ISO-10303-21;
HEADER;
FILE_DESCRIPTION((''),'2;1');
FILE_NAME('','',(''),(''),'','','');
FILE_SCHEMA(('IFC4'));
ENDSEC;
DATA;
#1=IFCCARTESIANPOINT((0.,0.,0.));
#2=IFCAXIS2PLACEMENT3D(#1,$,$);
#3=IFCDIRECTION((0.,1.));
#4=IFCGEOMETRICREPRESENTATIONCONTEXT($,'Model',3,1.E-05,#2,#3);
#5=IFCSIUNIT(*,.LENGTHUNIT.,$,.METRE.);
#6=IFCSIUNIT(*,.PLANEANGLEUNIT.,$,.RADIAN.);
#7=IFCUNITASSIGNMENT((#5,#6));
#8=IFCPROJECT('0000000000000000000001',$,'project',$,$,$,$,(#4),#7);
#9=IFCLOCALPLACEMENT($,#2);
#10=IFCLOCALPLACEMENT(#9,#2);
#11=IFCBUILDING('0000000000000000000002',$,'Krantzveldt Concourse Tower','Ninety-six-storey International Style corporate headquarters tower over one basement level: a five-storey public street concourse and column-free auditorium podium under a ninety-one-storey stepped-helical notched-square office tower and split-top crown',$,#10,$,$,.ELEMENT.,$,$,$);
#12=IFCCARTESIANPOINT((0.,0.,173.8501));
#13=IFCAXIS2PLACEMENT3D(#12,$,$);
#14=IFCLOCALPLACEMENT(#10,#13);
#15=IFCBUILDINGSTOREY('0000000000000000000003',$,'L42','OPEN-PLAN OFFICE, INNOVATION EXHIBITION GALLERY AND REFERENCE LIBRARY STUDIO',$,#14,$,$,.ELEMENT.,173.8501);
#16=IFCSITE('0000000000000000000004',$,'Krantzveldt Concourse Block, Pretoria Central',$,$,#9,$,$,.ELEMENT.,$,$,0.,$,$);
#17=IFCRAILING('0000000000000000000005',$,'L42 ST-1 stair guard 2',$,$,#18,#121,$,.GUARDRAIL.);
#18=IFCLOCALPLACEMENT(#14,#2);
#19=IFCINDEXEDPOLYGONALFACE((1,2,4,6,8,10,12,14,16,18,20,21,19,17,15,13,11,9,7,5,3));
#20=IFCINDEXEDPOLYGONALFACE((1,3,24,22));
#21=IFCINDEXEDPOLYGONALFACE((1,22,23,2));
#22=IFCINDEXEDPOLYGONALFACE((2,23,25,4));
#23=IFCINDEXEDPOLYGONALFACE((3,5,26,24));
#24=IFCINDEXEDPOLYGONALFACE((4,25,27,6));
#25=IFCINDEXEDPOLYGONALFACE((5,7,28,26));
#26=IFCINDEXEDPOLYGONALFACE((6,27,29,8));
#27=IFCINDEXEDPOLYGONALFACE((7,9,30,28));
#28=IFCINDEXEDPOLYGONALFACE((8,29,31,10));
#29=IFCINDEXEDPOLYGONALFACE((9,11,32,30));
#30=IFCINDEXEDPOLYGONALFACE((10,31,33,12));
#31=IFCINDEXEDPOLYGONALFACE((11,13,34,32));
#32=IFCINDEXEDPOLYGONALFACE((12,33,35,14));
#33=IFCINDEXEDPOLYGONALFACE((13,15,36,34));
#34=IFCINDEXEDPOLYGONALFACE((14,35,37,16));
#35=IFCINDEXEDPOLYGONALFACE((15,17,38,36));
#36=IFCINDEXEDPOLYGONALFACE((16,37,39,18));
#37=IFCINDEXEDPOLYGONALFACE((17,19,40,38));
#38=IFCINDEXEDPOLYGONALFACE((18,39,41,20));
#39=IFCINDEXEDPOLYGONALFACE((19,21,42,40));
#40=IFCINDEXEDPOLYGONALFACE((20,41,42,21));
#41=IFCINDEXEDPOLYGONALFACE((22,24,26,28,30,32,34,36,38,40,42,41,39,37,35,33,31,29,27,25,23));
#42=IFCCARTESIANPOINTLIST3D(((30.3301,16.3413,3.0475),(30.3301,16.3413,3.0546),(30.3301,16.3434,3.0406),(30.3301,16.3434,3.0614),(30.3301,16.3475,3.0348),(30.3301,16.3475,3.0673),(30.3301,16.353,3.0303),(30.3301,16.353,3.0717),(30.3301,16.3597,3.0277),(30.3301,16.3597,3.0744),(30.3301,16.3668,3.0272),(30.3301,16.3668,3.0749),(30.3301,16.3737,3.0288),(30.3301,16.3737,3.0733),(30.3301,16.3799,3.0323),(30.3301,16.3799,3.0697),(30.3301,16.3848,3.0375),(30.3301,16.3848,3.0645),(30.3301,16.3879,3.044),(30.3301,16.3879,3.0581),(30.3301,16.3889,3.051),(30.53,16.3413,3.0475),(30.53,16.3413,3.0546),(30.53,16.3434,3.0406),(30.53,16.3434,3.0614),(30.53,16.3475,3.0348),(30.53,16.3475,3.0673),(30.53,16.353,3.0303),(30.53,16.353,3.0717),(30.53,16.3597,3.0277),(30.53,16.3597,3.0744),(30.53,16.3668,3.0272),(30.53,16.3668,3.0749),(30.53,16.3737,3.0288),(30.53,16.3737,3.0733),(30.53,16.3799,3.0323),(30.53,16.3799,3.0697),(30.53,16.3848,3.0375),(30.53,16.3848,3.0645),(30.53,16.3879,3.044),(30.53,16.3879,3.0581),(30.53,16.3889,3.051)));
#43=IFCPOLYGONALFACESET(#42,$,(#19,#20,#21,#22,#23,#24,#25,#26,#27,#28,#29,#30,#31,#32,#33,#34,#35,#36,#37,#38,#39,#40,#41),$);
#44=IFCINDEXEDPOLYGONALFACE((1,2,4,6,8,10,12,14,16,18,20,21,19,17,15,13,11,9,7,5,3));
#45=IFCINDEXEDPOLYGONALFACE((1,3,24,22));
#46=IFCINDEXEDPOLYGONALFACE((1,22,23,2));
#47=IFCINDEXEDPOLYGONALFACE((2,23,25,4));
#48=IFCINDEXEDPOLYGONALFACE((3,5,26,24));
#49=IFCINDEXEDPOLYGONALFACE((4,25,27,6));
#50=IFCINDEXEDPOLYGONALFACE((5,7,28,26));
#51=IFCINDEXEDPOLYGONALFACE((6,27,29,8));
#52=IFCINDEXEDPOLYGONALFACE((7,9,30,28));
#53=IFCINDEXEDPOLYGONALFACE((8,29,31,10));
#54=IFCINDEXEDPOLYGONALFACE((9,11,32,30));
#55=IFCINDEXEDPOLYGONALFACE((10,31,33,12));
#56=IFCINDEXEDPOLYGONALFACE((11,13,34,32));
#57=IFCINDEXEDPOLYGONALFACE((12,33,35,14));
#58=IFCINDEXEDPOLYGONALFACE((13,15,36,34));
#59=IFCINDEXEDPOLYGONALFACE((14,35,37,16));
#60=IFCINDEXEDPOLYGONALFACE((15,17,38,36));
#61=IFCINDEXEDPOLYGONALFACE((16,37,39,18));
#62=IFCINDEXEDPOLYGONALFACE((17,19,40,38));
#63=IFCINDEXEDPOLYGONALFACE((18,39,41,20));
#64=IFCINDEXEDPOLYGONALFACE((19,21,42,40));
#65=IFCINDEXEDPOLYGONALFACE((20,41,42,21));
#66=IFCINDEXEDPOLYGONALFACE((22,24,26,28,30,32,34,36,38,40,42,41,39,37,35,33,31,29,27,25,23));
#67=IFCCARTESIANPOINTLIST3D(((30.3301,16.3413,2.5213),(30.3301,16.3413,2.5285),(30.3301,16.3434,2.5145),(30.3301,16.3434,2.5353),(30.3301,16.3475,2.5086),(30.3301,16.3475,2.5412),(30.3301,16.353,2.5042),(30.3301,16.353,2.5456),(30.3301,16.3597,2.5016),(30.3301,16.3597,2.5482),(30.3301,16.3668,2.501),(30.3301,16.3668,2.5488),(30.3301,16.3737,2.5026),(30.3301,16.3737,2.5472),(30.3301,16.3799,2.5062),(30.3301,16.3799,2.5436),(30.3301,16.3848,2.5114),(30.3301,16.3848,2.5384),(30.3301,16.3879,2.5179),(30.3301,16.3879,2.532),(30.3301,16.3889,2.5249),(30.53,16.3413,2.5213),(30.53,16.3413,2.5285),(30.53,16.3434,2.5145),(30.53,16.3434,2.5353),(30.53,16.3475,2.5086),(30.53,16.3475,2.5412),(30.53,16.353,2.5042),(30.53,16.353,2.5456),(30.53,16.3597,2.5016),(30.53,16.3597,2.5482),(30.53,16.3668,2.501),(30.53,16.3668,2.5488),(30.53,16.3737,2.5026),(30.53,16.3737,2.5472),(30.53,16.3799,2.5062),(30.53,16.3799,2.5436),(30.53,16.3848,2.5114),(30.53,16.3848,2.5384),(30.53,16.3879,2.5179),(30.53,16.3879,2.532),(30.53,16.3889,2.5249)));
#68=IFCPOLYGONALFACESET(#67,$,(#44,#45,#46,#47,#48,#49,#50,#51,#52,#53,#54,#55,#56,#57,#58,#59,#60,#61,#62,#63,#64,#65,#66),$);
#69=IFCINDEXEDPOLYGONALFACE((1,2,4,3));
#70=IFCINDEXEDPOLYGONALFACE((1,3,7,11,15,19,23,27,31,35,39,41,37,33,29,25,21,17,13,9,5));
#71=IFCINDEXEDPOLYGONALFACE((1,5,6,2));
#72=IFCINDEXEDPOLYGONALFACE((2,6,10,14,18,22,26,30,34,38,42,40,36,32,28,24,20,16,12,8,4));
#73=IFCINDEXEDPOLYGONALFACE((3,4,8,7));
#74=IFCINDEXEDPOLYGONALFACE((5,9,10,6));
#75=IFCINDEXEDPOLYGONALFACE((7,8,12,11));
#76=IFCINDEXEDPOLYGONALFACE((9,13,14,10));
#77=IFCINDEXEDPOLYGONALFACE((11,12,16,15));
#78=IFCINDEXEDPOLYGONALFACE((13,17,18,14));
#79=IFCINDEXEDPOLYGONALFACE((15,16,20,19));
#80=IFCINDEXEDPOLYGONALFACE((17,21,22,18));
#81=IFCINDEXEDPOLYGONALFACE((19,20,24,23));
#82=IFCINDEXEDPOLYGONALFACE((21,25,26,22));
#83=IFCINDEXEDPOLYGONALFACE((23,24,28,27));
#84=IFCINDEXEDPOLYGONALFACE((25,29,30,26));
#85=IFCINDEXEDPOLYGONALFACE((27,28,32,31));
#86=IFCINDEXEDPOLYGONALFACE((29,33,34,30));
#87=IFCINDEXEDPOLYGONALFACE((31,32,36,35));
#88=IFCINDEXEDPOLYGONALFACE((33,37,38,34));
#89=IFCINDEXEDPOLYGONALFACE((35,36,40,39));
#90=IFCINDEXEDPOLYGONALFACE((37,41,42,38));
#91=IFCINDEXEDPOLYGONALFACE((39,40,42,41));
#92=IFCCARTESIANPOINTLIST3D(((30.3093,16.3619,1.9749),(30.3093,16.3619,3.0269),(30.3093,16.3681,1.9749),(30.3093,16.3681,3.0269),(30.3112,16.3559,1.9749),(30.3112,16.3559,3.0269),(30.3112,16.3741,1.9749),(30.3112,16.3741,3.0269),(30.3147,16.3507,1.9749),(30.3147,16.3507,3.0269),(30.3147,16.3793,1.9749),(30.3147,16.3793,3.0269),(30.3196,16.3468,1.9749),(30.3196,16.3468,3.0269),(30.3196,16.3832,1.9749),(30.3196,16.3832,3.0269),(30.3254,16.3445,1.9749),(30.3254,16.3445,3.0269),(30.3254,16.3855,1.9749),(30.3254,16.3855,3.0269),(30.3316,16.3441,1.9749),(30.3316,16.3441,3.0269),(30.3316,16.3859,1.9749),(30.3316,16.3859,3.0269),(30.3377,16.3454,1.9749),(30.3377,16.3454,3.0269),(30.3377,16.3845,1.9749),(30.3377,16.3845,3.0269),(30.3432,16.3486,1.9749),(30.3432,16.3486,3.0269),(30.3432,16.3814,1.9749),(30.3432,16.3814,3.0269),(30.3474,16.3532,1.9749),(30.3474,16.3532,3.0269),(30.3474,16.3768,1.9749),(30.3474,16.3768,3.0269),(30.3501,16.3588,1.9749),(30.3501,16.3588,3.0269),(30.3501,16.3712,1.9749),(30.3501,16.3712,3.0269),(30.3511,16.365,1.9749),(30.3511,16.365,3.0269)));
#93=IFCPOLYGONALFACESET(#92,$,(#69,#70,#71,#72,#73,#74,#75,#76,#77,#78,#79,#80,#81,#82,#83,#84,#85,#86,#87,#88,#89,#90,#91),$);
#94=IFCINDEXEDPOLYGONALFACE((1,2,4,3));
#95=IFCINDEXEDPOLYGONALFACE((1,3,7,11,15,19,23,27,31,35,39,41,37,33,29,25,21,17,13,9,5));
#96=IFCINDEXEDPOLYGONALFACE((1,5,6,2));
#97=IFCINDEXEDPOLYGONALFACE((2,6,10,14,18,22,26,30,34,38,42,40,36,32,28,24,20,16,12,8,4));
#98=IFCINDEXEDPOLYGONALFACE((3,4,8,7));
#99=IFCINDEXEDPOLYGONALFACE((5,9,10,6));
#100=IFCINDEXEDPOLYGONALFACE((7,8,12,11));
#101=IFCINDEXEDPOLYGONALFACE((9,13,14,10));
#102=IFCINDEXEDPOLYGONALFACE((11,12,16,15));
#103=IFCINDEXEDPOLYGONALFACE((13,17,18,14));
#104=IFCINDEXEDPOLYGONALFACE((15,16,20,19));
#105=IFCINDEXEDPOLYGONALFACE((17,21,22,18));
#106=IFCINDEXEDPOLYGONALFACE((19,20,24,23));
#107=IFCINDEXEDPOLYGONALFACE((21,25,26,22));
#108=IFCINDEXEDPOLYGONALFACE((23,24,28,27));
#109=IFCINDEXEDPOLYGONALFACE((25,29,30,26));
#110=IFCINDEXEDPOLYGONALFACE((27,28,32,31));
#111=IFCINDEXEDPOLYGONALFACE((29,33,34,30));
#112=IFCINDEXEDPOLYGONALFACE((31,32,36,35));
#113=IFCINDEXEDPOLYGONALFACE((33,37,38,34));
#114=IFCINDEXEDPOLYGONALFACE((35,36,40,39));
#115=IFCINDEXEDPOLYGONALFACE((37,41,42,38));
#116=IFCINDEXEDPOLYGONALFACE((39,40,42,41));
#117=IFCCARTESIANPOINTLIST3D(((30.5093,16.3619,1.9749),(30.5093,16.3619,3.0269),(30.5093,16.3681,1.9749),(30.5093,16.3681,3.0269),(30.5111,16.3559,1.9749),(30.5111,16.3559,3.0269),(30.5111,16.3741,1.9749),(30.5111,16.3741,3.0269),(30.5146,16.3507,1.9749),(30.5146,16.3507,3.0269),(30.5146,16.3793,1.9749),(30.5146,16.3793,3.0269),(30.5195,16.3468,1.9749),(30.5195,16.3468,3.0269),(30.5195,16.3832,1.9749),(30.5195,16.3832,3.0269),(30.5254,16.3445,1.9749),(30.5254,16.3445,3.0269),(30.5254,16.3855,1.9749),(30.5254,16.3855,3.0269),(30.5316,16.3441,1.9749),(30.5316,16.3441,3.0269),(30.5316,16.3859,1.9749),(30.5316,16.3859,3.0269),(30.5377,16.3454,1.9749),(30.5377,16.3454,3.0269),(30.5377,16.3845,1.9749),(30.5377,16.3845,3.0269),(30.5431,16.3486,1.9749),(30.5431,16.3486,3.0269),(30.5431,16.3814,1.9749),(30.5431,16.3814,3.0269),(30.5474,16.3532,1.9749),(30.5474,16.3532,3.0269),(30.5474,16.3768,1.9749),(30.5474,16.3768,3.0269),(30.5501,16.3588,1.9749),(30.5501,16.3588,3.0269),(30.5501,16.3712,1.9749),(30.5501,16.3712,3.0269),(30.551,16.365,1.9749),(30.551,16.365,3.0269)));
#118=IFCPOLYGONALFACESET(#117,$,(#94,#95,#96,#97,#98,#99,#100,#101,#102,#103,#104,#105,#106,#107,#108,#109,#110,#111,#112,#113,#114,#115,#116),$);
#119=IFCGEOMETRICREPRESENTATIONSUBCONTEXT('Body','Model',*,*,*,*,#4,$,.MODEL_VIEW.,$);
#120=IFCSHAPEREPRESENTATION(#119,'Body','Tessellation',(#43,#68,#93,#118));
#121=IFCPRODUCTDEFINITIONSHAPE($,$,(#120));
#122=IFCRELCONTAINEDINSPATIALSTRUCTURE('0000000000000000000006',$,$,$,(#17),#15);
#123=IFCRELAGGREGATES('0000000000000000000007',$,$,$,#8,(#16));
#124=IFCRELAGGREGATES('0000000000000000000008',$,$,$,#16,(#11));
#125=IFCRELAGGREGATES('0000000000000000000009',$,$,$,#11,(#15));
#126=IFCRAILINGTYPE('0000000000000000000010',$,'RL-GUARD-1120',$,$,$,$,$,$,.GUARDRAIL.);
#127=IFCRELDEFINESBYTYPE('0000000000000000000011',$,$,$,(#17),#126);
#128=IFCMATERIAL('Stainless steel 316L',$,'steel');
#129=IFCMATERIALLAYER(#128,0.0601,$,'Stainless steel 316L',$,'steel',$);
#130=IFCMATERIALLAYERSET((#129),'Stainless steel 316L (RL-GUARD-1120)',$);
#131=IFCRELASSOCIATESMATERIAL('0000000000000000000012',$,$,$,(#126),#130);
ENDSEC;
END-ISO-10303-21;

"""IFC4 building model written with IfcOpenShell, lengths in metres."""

from ifc_helpers import new_model, si_unit, direction, frame, origin, origin_2d, place, context, subcontext, project, spatial, circle, extrude, material, layer, layer_set, type_object, element, save


model = new_model("IFC4")

# Units and contexts
model_context = context("Model", 3, precision=1e-05, world=origin(), true_north=direction((0.0, 1.0)))
body_context = subcontext(model_context, "Body", "Model", "MODEL_VIEW")
ifc_project = project(units=[si_unit("LENGTHUNIT", "METRE"), si_unit("PLANEANGLEUNIT", "RADIAN")], contexts=[model_context])

# Site, building, storey
site_placement = place(None, origin())
site = spatial("IfcSite", under=ifc_project, at=site_placement, Name="Krantzveldt Concourse Block, Pretoria Central", CompositionType="ELEMENT", RefElevation=0.0)
building_placement = place(site_placement, origin())
building = spatial("IfcBuilding", under=site, at=building_placement, Name="Krantzveldt Concourse Tower", Description="Ninety-six-storey International Style corporate headquarters tower over one basement level: a five-storey public street concourse and column-free auditorium podium under a ninety-one-storey stepped-helical notched-square office tower and split-top crown", CompositionType="ELEMENT")
storey_placement = place(building_placement, frame((0.0, 0.0, 173.8501)))
storey = spatial("IfcBuildingStorey", under=building, at=storey_placement, Name="L42", Description="OPEN-PLAN OFFICE, INNOVATION EXHIBITION GALLERY AND REFERENCE LIBRARY STUDIO", CompositionType="ELEMENT", Elevation=173.8501)

# Shared definitions
ifc_material_1 = material(Name="Stainless steel 316L", Category="steel")

# Railing
ifc_layer_1 = layer(ifc_material_1, 0.0601, Name="Stainless steel 316L", Category="steel")
ifc_layer_set_1 = layer_set([ifc_layer_1], Name="Stainless steel 316L (RL-GUARD-1120)")
railing_type_1 = type_object("IfcRailingType", Name="RL-GUARD-1120", PredefinedType="GUARDRAIL", material=ifc_layer_set_1)
railing_1_placement = place(storey_placement, frame((30.3301, 16.365, 1.9749)))
element("IfcRailing", 1, at=railing_1_placement, inside=storey, type_object=railing_type_1, Name="L42 ST-1 stair guard 2", PredefinedType="GUARDRAIL", context=body_context, shape_type="SweptSolid", body=[
    extrude(circle(Radius=0.0239, at=origin_2d()), frame((0.0, 0.0, 1.0762), z_axis=(1.0, 0.0, 0.0), x_axis=(0.0, 1.0, 0.0)), (0.0, 0.0, 1.0), 0.2),
    extrude(circle(Radius=0.0239, at=origin_2d()), frame((0.0, 0.0, 0.55), z_axis=(1.0, 0.0, 0.0), x_axis=(0.0, 1.0, 0.0)), (0.0, 0.0, 1.0), 0.2),
    extrude(circle(Radius=0.021, at=origin_2d()), origin(), (0.0, 0.0, 1.0), 1.052),
    extrude(circle(Radius=0.021, at=origin_2d()), frame((0.2, 0.0, 0.0)), (0.0, 0.0, 1.0), 1.052),
])

save(model, "model.ifc")
